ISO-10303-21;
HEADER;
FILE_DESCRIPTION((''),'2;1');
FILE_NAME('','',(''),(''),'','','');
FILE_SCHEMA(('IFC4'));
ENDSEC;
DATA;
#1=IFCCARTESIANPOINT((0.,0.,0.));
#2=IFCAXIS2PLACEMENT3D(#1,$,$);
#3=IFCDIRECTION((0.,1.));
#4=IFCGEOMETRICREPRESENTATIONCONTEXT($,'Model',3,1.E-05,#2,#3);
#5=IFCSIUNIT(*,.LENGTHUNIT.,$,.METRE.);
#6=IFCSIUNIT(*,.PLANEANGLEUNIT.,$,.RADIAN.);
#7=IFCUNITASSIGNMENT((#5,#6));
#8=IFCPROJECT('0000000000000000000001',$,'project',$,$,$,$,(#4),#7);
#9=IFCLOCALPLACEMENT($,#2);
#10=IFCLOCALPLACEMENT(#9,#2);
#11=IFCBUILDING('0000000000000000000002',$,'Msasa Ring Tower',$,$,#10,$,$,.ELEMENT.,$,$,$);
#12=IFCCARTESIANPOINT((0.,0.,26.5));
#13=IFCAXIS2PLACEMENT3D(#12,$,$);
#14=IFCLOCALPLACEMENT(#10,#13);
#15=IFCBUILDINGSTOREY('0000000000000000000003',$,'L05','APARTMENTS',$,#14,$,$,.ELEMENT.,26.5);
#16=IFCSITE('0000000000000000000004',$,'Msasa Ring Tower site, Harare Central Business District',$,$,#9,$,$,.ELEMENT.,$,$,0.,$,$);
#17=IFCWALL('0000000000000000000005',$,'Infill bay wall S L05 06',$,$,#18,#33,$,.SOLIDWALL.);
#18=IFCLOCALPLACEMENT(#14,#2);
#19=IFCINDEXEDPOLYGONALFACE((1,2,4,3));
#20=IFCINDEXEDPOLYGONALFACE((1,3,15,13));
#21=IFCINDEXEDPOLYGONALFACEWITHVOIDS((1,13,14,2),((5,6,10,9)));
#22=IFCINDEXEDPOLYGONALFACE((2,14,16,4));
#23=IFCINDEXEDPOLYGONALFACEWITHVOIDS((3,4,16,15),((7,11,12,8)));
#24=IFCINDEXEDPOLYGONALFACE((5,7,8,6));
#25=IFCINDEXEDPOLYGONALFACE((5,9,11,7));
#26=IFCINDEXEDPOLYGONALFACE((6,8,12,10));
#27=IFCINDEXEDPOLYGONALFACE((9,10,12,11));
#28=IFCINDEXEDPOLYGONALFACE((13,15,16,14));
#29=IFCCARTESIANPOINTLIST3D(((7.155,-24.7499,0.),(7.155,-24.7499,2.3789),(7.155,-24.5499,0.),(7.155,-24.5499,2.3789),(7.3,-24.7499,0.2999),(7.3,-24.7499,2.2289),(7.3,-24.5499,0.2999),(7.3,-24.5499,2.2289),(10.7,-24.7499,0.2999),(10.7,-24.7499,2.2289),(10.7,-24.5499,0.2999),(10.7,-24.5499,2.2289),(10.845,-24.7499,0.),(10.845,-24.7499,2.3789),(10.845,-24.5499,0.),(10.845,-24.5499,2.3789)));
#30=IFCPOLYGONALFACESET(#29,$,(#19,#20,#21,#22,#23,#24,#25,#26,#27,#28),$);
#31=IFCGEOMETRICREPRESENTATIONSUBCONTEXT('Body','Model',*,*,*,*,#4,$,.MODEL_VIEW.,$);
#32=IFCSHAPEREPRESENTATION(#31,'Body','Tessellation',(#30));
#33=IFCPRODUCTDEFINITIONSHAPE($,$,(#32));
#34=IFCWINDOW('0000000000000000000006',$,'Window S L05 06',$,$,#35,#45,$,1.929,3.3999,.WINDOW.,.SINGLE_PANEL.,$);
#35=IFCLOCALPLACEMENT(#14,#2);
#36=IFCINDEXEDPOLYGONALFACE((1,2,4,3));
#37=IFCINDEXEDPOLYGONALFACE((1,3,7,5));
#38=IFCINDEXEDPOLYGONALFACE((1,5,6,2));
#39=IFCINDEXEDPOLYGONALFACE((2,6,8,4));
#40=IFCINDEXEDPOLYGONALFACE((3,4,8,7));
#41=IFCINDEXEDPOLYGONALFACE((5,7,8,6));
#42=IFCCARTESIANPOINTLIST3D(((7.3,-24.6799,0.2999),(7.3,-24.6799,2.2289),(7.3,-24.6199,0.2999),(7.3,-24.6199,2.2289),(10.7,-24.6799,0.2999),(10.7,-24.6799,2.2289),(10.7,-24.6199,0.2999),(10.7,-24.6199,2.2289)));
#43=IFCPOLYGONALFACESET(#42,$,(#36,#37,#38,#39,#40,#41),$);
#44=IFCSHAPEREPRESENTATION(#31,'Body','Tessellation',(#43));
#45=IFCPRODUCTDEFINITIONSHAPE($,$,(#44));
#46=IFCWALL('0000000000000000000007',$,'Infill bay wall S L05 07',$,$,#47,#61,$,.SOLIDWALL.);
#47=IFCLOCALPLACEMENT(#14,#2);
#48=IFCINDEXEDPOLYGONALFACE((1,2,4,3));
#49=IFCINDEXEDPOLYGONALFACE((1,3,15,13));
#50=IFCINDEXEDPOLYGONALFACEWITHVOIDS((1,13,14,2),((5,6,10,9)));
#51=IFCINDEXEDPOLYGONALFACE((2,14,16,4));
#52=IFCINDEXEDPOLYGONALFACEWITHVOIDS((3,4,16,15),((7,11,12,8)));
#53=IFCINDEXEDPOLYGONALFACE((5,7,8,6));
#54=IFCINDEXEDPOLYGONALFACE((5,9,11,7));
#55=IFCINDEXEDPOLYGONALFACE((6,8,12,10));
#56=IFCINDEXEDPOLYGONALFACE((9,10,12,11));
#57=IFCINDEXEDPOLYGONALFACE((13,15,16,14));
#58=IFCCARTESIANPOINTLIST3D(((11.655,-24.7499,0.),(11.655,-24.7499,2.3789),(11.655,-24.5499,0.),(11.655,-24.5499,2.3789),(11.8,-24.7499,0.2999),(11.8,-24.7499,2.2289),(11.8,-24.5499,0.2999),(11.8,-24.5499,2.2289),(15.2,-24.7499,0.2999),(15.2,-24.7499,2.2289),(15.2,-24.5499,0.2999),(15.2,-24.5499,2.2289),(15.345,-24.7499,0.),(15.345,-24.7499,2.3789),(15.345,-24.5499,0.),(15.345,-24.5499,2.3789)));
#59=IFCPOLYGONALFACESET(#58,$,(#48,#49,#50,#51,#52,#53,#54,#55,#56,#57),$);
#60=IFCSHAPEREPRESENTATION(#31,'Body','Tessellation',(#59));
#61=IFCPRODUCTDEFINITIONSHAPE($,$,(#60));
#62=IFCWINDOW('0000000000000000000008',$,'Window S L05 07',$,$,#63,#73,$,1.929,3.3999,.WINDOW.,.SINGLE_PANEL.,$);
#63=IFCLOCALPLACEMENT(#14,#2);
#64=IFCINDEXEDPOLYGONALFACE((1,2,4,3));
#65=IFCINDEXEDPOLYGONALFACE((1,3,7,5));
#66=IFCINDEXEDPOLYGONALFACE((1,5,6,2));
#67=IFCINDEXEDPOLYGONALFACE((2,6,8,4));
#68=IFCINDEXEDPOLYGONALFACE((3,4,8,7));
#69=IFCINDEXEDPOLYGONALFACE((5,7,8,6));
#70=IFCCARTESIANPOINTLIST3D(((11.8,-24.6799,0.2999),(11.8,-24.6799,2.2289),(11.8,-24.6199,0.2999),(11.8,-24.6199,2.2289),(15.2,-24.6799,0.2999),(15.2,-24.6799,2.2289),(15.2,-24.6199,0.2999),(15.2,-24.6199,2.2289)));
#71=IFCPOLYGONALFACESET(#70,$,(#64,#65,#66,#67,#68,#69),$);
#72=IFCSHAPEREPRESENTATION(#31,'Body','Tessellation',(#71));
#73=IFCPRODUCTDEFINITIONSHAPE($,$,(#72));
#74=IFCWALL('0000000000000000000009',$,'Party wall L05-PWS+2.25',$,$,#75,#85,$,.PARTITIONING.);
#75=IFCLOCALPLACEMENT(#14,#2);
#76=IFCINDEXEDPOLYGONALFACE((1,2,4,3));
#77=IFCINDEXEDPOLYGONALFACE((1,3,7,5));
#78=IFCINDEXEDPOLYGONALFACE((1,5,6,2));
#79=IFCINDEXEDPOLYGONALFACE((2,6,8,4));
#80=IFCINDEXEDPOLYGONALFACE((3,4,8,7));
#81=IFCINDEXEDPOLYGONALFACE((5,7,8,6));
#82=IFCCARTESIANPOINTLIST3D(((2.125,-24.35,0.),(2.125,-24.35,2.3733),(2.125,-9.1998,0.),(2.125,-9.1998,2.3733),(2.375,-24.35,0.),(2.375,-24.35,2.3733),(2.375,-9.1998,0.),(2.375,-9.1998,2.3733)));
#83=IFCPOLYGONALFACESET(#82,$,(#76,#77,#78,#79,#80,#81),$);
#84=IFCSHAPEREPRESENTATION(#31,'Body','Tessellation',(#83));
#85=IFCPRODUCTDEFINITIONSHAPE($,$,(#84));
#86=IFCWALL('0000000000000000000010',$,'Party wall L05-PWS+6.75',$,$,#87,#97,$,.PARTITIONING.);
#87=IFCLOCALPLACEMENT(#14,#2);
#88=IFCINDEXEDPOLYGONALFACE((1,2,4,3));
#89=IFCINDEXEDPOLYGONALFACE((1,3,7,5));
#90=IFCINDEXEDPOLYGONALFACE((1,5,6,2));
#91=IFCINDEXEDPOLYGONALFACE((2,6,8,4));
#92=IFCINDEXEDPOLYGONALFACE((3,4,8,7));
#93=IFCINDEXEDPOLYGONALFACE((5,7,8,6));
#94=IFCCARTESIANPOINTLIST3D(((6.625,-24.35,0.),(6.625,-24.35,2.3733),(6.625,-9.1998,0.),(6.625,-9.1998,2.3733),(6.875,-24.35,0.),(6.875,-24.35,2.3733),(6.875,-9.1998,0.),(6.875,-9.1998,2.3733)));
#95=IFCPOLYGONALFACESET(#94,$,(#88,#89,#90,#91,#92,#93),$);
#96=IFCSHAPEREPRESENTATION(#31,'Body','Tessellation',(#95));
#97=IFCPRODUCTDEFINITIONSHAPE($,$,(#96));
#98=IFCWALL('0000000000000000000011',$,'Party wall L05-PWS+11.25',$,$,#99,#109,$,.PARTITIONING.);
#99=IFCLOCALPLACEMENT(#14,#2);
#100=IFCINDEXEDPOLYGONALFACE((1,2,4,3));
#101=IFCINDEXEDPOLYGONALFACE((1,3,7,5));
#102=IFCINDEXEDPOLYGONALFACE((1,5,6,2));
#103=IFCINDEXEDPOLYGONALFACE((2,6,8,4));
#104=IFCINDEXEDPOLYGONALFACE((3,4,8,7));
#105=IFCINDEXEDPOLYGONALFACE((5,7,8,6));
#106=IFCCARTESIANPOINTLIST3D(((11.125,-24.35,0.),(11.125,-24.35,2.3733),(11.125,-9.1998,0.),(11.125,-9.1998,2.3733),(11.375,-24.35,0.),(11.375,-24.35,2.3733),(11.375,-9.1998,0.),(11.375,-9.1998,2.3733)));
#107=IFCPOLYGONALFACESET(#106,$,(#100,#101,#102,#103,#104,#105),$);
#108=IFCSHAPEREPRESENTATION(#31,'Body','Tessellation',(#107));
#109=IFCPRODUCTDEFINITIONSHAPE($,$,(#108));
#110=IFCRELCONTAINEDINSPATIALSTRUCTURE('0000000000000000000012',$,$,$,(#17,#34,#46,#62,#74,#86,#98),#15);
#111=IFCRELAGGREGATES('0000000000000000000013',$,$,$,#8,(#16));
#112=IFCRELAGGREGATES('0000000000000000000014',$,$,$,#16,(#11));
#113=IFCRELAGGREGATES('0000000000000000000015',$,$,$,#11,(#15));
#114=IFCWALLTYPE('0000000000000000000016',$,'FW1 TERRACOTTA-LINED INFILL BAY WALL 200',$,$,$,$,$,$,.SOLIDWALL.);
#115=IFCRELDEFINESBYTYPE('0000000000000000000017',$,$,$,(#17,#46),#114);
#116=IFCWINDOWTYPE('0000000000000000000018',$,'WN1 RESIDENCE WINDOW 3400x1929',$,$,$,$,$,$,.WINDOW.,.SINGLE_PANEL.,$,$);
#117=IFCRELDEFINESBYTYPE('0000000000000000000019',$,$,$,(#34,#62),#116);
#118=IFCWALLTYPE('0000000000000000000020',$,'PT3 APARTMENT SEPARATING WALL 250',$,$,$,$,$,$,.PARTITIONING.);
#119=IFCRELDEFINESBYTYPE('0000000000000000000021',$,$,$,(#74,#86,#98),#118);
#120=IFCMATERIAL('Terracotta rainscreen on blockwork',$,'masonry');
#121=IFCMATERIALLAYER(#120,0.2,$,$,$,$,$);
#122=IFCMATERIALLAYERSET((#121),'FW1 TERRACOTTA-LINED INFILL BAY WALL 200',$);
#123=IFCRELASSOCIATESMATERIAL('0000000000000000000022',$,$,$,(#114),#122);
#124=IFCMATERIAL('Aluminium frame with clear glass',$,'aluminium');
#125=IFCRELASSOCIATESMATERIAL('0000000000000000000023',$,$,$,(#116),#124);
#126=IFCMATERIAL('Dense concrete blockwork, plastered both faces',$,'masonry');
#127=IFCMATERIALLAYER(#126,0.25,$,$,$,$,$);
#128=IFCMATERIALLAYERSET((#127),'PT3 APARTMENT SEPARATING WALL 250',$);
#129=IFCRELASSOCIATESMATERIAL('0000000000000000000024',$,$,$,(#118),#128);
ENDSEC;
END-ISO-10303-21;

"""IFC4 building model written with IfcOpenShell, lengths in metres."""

from ifc_helpers import new_model, si_unit, direction, frame, frame_2d, origin, place, context, subcontext, project, spatial, rectangle, extrude, material, layer, layer_set, type_object, element, fill, save


model = new_model("IFC4")

# Units and contexts
model_context = context("Model", 3, precision=1e-05, world=origin(), true_north=direction((0.0, 1.0)))
body_context = subcontext(model_context, "Body", "Model", "MODEL_VIEW")
ifc_project = project(units=[si_unit("LENGTHUNIT", "METRE"), si_unit("PLANEANGLEUNIT", "RADIAN")], contexts=[model_context])

# Site, building, storey
site_placement = place(None, origin())
site = spatial("IfcSite", under=ifc_project, at=site_placement, Name="Msasa Ring Tower site, Harare Central Business District", CompositionType="ELEMENT", RefElevation=0.0)
building_placement = place(site_placement, origin())
building = spatial("IfcBuilding", under=site, at=building_placement, Name="Msasa Ring Tower", CompositionType="ELEMENT")
storey_placement = place(building_placement, frame((0.0, 0.0, 26.5)))
storey = spatial("IfcBuildingStorey", under=building, at=storey_placement, Name="L05", Description="APARTMENTS", CompositionType="ELEMENT", Elevation=26.5)

# Walls, openings, windows
ifc_material_1 = material(Name="Terracotta rainscreen on blockwork", Category="masonry")
ifc_layer_1 = layer(ifc_material_1, 0.2)
ifc_layer_set_1 = layer_set([ifc_layer_1], Name="FW1 TERRACOTTA-LINED INFILL BAY WALL 200")
wall_type_1 = type_object("IfcWallType", Name="FW1 TERRACOTTA-LINED INFILL BAY WALL 200", PredefinedType="SOLIDWALL", material=ifc_layer_set_1)
ifc_material_2 = material(Name="Aluminium frame with clear glass", Category="aluminium")
window_type = type_object("IfcWindowType", Name="WN1 RESIDENCE WINDOW 3400x1929", PartitioningType="SINGLE_PANEL", PredefinedType="WINDOW", material=ifc_material_2)
wall_1_placement = place(storey_placement, frame((7.155, -24.6499, 0.0), z_axis=(0.0, 0.0, 1.0), x_axis=(1.0, 0.0, 0.0)))
wall_1 = element("IfcWall", 1, at=wall_1_placement, inside=storey, type_object=wall_type_1, Name="Infill bay wall S L05 06", PredefinedType="SOLIDWALL", context=body_context, shape_type="SweptSolid", body=[
    extrude(rectangle(XDim=3.6899, YDim=0.2, at=frame_2d((1.845, 0.0))), origin(), (0.0, 0.0, 1.0), 2.3789),
])
opening_1_placement = place(wall_1_placement, frame((0.145, 0.0, 0.3)))
opening_1 = element("IfcOpeningElement", 2, at=opening_1_placement, cuts=wall_1, PredefinedType="OPENING", context=body_context, shape_type="SweptSolid", body=[
    extrude(rectangle(XDim=3.3999, YDim=1.929, at=frame_2d((1.7, 0.9644))), frame((0.0, 0.1099, 0.0), z_axis=(0.0, -1.0, 0.0), x_axis=(1.0, 0.0, 0.0)), (0.0, 0.0, 1.0), 0.22),
])
window_1_placement = place(opening_1_placement, origin())
window_1 = element("IfcWindow", 3, at=window_1_placement, inside=storey, type_object=window_type, Name="Window S L05 06", OverallHeight=1.929, OverallWidth=3.3999, PartitioningType="SINGLE_PANEL", PredefinedType="WINDOW", context=body_context, shape_type="SweptSolid", body=[
    extrude(rectangle(XDim=3.3999, YDim=1.929, at=frame_2d((1.7, 0.9644))), frame((0.0, 0.03, 0.0), z_axis=(0.0, -1.0, 0.0), x_axis=(1.0, 0.0, 0.0)), (0.0, 0.0, 1.0), 0.0601),
])
fill(opening_1, window_1)
wall_2_placement = place(storey_placement, frame((11.655, -24.6499, 0.0), z_axis=(0.0, 0.0, 1.0), x_axis=(1.0, 0.0, 0.0)))
wall_2 = element("IfcWall", 4, at=wall_2_placement, inside=storey, type_object=wall_type_1, Name="Infill bay wall S L05 07", PredefinedType="SOLIDWALL", context=body_context, shape_type="SweptSolid", body=[
    extrude(rectangle(XDim=3.6899, YDim=0.2, at=frame_2d((1.845, 0.0))), origin(), (0.0, 0.0, 1.0), 2.3789),
])
opening_2_placement = place(wall_2_placement, frame((0.145, 0.0, 0.3)))
opening_2 = element("IfcOpeningElement", 5, at=opening_2_placement, cuts=wall_2, PredefinedType="OPENING", context=body_context, shape_type="SweptSolid", body=[
    extrude(rectangle(XDim=3.3999, YDim=1.929, at=frame_2d((1.7, 0.9644))), frame((0.0, 0.1099, 0.0), z_axis=(0.0, -1.0, 0.0), x_axis=(1.0, 0.0, 0.0)), (0.0, 0.0, 1.0), 0.22),
])
window_2_placement = place(opening_2_placement, origin())
window_2 = element("IfcWindow", 6, at=window_2_placement, inside=storey, type_object=window_type, Name="Window S L05 07", OverallHeight=1.929, OverallWidth=3.3999, PartitioningType="SINGLE_PANEL", PredefinedType="WINDOW", context=body_context, shape_type="SweptSolid", body=[
    extrude(rectangle(XDim=3.3999, YDim=1.929, at=frame_2d((1.7, 0.9644))), frame((0.0, 0.03, 0.0), z_axis=(0.0, -1.0, 0.0), x_axis=(1.0, 0.0, 0.0)), (0.0, 0.0, 1.0), 0.0601),
])
fill(opening_2, window_2)

# Walls
ifc_material_3 = material(Name="Dense concrete blockwork, plastered both faces", Category="masonry")
ifc_layer_2 = layer(ifc_material_3, 0.25)
ifc_layer_set_2 = layer_set([ifc_layer_2], Name="PT3 APARTMENT SEPARATING WALL 250")
wall_type_2 = type_object("IfcWallType", Name="PT3 APARTMENT SEPARATING WALL 250", PredefinedType="PARTITIONING", material=ifc_layer_set_2)
for number, where, z_axis, x_axis, name in (
    (7, (2.25, -24.3501, 0.0), (0.0, 0.0, 1.0), (0.0, 1.0, 0.0), "Party wall L05-PWS+2.25"),
    (8, (6.75, -24.3501, 0.0), (0.0, 0.0, 1.0), (0.0, 1.0, 0.0), "Party wall L05-PWS+6.75"),
    (9, (11.25, -24.3501, 0.0), (0.0, 0.0, 1.0), (0.0, 1.0, 0.0), "Party wall L05-PWS+11.25"),
):
    element("IfcWall", number, at=place(storey_placement, frame(where, z_axis=z_axis, x_axis=x_axis)), inside=storey, type_object=wall_type_2, Name=name, PredefinedType="PARTITIONING", context=body_context, shape_type="SweptSolid", body=[
        extrude(rectangle(XDim=15.1501, YDim=0.25, at=frame_2d((7.5752, 0.0))), origin(), (0.0, 0.0, 1.0), 2.3733),
    ])

save(model, "model.ifc")
